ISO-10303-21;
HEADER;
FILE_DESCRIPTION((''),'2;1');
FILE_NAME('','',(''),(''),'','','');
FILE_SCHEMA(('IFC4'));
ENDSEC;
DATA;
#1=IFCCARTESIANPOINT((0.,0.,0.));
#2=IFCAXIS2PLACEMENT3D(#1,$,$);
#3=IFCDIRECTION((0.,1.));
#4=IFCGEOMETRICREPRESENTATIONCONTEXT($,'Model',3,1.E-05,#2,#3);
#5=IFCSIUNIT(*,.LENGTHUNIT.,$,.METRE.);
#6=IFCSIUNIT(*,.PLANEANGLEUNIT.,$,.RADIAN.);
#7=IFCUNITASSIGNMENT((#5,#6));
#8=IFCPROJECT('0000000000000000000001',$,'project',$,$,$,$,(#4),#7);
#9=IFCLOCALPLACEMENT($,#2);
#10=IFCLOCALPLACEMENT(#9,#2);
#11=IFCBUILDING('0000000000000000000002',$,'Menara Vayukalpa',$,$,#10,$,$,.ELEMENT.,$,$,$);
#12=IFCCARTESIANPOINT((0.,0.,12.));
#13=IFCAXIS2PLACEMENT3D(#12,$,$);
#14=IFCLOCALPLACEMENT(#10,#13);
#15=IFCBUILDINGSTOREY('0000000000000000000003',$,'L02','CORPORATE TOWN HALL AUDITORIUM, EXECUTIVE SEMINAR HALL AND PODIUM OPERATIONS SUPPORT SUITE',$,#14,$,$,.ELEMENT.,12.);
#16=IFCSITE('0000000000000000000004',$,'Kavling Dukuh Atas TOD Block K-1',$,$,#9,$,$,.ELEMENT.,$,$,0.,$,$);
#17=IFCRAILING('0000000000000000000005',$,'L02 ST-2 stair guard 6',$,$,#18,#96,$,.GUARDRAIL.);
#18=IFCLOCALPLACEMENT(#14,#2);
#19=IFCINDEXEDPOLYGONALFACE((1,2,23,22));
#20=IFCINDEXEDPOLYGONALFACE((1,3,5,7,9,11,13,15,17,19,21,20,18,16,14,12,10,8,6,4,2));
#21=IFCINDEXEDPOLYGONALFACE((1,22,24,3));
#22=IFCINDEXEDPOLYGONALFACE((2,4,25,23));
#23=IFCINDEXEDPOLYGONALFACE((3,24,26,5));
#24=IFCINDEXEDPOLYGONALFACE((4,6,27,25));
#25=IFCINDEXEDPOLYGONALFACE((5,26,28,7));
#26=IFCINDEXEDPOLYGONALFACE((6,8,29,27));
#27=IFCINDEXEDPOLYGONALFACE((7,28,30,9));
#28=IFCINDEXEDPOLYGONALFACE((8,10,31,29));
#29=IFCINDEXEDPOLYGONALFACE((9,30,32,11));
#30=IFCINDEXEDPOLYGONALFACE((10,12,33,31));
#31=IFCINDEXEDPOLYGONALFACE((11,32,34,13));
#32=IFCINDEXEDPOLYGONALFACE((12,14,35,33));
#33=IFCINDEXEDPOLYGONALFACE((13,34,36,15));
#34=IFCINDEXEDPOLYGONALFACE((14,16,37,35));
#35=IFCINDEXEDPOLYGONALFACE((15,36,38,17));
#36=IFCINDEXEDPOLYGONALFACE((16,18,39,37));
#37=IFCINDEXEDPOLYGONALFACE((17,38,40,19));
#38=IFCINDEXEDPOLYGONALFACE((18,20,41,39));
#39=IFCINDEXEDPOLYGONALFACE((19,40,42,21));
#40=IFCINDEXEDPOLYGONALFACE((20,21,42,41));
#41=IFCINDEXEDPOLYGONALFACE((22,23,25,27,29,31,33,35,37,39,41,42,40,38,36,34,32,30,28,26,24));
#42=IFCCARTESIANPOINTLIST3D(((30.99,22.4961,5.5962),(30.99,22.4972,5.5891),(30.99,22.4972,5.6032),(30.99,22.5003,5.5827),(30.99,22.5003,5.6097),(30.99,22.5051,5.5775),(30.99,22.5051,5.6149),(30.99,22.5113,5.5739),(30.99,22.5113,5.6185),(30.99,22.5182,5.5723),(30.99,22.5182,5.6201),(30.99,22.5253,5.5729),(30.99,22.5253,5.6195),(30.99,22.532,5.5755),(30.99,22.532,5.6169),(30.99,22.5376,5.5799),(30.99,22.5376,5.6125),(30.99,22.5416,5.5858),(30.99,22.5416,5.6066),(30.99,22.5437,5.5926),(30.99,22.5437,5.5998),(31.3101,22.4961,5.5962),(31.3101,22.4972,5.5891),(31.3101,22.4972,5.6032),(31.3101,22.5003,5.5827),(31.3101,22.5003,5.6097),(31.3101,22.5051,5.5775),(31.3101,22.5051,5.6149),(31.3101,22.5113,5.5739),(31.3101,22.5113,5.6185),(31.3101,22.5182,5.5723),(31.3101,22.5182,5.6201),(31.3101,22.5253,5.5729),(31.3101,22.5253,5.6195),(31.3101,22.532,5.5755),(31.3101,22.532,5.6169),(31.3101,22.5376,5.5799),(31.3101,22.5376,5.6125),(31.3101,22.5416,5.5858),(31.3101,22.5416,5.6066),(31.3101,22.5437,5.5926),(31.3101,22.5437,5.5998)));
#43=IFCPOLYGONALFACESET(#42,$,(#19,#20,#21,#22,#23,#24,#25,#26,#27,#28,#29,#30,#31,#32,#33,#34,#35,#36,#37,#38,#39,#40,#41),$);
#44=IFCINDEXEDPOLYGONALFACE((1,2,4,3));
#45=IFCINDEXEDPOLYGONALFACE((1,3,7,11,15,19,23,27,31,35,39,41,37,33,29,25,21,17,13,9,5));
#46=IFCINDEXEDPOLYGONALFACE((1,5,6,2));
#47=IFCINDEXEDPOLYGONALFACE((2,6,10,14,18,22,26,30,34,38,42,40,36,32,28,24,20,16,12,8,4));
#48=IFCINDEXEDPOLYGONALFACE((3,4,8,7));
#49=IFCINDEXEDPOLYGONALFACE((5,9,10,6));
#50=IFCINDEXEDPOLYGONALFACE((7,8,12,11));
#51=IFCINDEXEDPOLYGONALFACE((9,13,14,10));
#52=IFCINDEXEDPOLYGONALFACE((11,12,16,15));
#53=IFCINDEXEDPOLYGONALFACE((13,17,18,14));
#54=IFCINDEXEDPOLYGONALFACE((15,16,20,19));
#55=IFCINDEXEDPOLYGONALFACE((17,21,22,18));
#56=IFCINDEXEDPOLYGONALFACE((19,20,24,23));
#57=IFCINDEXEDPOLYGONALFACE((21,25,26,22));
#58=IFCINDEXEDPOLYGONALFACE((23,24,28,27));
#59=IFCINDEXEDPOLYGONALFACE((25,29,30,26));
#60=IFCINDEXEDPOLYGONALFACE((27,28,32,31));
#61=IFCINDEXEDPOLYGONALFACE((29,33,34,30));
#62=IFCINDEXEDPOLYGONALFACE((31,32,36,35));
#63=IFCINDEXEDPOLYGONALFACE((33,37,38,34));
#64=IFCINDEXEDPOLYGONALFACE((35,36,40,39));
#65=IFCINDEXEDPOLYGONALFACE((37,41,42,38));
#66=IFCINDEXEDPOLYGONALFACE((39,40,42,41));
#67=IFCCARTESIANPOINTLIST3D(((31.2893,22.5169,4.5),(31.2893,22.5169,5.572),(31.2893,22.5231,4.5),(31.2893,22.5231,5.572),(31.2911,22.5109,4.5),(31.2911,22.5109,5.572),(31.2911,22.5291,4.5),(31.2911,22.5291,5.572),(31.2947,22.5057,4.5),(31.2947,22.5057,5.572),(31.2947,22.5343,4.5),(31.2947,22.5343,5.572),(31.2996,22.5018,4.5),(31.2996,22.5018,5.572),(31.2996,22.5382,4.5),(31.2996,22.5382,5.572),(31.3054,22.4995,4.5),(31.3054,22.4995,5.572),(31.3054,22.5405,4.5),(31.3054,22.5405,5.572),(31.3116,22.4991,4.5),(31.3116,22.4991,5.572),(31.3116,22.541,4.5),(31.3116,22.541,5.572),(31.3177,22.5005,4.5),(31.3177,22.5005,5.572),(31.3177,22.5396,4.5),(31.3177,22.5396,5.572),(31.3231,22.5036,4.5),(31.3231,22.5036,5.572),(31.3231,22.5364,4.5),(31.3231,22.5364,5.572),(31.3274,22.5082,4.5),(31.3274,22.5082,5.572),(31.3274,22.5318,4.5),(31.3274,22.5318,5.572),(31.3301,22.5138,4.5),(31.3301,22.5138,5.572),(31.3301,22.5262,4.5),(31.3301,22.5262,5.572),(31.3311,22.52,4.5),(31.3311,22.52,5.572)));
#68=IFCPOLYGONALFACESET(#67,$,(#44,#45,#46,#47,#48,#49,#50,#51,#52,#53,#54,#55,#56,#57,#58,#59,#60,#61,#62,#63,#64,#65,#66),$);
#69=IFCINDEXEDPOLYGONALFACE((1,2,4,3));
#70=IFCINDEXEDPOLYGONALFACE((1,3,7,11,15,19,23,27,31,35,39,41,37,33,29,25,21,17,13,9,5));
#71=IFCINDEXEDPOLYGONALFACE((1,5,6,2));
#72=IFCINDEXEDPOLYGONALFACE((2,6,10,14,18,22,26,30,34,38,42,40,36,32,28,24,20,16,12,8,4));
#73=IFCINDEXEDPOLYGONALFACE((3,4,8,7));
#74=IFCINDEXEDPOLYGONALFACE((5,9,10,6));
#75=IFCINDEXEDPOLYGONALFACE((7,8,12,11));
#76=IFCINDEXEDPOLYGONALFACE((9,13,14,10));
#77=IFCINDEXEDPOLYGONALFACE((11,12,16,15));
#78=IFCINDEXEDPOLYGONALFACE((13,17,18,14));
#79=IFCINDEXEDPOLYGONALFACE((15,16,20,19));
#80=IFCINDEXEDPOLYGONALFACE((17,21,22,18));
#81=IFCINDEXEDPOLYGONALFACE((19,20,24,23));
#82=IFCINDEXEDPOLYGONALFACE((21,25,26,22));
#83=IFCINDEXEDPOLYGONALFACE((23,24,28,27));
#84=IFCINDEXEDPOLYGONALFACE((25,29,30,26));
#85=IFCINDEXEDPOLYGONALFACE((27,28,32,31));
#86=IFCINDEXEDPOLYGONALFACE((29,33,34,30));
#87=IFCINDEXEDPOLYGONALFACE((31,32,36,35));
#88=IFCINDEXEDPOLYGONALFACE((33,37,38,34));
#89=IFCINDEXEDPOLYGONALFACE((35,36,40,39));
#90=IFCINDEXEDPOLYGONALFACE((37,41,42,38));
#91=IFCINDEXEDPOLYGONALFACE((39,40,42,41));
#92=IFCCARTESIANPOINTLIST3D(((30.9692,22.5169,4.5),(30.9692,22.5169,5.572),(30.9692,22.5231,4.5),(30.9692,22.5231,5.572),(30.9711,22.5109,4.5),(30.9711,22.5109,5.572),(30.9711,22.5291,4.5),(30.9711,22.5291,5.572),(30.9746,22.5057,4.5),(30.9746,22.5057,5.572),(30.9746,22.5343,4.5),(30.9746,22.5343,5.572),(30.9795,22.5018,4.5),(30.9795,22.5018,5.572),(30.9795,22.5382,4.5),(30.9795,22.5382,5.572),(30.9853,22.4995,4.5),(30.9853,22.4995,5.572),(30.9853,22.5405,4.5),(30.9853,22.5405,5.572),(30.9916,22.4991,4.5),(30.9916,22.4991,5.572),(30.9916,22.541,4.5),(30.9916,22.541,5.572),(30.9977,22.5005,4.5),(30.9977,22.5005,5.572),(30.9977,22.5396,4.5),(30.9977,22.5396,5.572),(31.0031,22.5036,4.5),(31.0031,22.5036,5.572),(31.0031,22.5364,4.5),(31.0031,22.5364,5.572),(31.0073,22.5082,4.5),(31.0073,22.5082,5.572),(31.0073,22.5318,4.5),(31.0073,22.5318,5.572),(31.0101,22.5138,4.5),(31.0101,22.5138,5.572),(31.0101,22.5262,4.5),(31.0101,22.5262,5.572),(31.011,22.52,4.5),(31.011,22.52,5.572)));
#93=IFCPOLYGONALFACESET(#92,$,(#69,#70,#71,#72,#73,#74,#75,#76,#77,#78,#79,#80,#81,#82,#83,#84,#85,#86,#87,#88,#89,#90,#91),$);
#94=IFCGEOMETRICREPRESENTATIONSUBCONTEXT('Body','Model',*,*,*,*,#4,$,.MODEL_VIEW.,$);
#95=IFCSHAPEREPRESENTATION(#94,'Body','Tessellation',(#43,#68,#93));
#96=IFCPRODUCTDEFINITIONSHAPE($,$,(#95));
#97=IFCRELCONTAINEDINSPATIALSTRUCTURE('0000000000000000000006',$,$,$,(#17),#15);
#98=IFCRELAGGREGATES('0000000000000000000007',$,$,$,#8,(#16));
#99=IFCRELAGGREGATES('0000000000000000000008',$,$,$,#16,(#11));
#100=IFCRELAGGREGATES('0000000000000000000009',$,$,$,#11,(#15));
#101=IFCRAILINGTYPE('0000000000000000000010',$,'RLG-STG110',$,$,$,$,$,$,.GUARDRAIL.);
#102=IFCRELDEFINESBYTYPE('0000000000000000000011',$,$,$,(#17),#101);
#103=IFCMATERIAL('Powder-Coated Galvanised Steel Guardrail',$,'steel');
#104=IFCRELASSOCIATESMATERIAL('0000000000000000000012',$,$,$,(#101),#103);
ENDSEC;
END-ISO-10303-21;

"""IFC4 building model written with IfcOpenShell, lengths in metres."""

from ifc_helpers import new_model, si_unit, direction, frame, origin, origin_2d, place, context, subcontext, project, spatial, circle, extrude, material, type_object, element, save


model = new_model("IFC4")

# Units and contexts
model_context = context("Model", 3, precision=1e-05, world=origin(), true_north=direction((0.0, 1.0)))
body_context = subcontext(model_context, "Body", "Model", "MODEL_VIEW")
ifc_project = project(units=[si_unit("LENGTHUNIT", "METRE"), si_unit("PLANEANGLEUNIT", "RADIAN")], contexts=[model_context])

# Site, building, storey
site_placement = place(None, origin())
site = spatial("IfcSite", under=ifc_project, at=site_placement, Name="Kavling Dukuh Atas TOD Block K-1", CompositionType="ELEMENT", RefElevation=0.0)
building_placement = place(site_placement, origin())
building = spatial("IfcBuilding", under=site, at=building_placement, Name="Menara Vayukalpa", CompositionType="ELEMENT")
storey_placement = place(building_placement, frame((0.0, 0.0, 12.0)))
storey = spatial("IfcBuildingStorey", under=building, at=storey_placement, Name="L02", Description="CORPORATE TOWN HALL AUDITORIUM, EXECUTIVE SEMINAR HALL AND PODIUM OPERATIONS SUPPORT SUITE", CompositionType="ELEMENT", Elevation=12.0)

# Railing
ifc_material_1 = material(Name="Powder-Coated Galvanised Steel Guardrail", Category="steel")
railing_type_1 = type_object("IfcRailingType", Name="RLG-STG110", PredefinedType="GUARDRAIL", material=ifc_material_1)
railing_1_placement = place(storey_placement, frame((31.3101, 22.52, 4.5)))
element("IfcRailing", 1, at=railing_1_placement, inside=storey, type_object=railing_type_1, Name="L02 ST-2 stair guard 6", PredefinedType="GUARDRAIL", context=body_context, shape_type="SweptSolid", body=[
    extrude(circle(Radius=0.0239, at=origin_2d()), frame((0.0, 0.0, 1.0962), z_axis=(-1.0, 0.0, 0.0), x_axis=(0.0, -1.0, 0.0)), (0.0, 0.0, 1.0), 0.3201),
    extrude(circle(Radius=0.021, at=origin_2d()), origin(), (0.0, 0.0, 1.0), 1.072),
    extrude(circle(Radius=0.021, at=origin_2d()), frame((-0.3201, 0.0, 0.0)), (0.0, 0.0, 1.0), 1.072),
])

save(model, "model.ifc")
